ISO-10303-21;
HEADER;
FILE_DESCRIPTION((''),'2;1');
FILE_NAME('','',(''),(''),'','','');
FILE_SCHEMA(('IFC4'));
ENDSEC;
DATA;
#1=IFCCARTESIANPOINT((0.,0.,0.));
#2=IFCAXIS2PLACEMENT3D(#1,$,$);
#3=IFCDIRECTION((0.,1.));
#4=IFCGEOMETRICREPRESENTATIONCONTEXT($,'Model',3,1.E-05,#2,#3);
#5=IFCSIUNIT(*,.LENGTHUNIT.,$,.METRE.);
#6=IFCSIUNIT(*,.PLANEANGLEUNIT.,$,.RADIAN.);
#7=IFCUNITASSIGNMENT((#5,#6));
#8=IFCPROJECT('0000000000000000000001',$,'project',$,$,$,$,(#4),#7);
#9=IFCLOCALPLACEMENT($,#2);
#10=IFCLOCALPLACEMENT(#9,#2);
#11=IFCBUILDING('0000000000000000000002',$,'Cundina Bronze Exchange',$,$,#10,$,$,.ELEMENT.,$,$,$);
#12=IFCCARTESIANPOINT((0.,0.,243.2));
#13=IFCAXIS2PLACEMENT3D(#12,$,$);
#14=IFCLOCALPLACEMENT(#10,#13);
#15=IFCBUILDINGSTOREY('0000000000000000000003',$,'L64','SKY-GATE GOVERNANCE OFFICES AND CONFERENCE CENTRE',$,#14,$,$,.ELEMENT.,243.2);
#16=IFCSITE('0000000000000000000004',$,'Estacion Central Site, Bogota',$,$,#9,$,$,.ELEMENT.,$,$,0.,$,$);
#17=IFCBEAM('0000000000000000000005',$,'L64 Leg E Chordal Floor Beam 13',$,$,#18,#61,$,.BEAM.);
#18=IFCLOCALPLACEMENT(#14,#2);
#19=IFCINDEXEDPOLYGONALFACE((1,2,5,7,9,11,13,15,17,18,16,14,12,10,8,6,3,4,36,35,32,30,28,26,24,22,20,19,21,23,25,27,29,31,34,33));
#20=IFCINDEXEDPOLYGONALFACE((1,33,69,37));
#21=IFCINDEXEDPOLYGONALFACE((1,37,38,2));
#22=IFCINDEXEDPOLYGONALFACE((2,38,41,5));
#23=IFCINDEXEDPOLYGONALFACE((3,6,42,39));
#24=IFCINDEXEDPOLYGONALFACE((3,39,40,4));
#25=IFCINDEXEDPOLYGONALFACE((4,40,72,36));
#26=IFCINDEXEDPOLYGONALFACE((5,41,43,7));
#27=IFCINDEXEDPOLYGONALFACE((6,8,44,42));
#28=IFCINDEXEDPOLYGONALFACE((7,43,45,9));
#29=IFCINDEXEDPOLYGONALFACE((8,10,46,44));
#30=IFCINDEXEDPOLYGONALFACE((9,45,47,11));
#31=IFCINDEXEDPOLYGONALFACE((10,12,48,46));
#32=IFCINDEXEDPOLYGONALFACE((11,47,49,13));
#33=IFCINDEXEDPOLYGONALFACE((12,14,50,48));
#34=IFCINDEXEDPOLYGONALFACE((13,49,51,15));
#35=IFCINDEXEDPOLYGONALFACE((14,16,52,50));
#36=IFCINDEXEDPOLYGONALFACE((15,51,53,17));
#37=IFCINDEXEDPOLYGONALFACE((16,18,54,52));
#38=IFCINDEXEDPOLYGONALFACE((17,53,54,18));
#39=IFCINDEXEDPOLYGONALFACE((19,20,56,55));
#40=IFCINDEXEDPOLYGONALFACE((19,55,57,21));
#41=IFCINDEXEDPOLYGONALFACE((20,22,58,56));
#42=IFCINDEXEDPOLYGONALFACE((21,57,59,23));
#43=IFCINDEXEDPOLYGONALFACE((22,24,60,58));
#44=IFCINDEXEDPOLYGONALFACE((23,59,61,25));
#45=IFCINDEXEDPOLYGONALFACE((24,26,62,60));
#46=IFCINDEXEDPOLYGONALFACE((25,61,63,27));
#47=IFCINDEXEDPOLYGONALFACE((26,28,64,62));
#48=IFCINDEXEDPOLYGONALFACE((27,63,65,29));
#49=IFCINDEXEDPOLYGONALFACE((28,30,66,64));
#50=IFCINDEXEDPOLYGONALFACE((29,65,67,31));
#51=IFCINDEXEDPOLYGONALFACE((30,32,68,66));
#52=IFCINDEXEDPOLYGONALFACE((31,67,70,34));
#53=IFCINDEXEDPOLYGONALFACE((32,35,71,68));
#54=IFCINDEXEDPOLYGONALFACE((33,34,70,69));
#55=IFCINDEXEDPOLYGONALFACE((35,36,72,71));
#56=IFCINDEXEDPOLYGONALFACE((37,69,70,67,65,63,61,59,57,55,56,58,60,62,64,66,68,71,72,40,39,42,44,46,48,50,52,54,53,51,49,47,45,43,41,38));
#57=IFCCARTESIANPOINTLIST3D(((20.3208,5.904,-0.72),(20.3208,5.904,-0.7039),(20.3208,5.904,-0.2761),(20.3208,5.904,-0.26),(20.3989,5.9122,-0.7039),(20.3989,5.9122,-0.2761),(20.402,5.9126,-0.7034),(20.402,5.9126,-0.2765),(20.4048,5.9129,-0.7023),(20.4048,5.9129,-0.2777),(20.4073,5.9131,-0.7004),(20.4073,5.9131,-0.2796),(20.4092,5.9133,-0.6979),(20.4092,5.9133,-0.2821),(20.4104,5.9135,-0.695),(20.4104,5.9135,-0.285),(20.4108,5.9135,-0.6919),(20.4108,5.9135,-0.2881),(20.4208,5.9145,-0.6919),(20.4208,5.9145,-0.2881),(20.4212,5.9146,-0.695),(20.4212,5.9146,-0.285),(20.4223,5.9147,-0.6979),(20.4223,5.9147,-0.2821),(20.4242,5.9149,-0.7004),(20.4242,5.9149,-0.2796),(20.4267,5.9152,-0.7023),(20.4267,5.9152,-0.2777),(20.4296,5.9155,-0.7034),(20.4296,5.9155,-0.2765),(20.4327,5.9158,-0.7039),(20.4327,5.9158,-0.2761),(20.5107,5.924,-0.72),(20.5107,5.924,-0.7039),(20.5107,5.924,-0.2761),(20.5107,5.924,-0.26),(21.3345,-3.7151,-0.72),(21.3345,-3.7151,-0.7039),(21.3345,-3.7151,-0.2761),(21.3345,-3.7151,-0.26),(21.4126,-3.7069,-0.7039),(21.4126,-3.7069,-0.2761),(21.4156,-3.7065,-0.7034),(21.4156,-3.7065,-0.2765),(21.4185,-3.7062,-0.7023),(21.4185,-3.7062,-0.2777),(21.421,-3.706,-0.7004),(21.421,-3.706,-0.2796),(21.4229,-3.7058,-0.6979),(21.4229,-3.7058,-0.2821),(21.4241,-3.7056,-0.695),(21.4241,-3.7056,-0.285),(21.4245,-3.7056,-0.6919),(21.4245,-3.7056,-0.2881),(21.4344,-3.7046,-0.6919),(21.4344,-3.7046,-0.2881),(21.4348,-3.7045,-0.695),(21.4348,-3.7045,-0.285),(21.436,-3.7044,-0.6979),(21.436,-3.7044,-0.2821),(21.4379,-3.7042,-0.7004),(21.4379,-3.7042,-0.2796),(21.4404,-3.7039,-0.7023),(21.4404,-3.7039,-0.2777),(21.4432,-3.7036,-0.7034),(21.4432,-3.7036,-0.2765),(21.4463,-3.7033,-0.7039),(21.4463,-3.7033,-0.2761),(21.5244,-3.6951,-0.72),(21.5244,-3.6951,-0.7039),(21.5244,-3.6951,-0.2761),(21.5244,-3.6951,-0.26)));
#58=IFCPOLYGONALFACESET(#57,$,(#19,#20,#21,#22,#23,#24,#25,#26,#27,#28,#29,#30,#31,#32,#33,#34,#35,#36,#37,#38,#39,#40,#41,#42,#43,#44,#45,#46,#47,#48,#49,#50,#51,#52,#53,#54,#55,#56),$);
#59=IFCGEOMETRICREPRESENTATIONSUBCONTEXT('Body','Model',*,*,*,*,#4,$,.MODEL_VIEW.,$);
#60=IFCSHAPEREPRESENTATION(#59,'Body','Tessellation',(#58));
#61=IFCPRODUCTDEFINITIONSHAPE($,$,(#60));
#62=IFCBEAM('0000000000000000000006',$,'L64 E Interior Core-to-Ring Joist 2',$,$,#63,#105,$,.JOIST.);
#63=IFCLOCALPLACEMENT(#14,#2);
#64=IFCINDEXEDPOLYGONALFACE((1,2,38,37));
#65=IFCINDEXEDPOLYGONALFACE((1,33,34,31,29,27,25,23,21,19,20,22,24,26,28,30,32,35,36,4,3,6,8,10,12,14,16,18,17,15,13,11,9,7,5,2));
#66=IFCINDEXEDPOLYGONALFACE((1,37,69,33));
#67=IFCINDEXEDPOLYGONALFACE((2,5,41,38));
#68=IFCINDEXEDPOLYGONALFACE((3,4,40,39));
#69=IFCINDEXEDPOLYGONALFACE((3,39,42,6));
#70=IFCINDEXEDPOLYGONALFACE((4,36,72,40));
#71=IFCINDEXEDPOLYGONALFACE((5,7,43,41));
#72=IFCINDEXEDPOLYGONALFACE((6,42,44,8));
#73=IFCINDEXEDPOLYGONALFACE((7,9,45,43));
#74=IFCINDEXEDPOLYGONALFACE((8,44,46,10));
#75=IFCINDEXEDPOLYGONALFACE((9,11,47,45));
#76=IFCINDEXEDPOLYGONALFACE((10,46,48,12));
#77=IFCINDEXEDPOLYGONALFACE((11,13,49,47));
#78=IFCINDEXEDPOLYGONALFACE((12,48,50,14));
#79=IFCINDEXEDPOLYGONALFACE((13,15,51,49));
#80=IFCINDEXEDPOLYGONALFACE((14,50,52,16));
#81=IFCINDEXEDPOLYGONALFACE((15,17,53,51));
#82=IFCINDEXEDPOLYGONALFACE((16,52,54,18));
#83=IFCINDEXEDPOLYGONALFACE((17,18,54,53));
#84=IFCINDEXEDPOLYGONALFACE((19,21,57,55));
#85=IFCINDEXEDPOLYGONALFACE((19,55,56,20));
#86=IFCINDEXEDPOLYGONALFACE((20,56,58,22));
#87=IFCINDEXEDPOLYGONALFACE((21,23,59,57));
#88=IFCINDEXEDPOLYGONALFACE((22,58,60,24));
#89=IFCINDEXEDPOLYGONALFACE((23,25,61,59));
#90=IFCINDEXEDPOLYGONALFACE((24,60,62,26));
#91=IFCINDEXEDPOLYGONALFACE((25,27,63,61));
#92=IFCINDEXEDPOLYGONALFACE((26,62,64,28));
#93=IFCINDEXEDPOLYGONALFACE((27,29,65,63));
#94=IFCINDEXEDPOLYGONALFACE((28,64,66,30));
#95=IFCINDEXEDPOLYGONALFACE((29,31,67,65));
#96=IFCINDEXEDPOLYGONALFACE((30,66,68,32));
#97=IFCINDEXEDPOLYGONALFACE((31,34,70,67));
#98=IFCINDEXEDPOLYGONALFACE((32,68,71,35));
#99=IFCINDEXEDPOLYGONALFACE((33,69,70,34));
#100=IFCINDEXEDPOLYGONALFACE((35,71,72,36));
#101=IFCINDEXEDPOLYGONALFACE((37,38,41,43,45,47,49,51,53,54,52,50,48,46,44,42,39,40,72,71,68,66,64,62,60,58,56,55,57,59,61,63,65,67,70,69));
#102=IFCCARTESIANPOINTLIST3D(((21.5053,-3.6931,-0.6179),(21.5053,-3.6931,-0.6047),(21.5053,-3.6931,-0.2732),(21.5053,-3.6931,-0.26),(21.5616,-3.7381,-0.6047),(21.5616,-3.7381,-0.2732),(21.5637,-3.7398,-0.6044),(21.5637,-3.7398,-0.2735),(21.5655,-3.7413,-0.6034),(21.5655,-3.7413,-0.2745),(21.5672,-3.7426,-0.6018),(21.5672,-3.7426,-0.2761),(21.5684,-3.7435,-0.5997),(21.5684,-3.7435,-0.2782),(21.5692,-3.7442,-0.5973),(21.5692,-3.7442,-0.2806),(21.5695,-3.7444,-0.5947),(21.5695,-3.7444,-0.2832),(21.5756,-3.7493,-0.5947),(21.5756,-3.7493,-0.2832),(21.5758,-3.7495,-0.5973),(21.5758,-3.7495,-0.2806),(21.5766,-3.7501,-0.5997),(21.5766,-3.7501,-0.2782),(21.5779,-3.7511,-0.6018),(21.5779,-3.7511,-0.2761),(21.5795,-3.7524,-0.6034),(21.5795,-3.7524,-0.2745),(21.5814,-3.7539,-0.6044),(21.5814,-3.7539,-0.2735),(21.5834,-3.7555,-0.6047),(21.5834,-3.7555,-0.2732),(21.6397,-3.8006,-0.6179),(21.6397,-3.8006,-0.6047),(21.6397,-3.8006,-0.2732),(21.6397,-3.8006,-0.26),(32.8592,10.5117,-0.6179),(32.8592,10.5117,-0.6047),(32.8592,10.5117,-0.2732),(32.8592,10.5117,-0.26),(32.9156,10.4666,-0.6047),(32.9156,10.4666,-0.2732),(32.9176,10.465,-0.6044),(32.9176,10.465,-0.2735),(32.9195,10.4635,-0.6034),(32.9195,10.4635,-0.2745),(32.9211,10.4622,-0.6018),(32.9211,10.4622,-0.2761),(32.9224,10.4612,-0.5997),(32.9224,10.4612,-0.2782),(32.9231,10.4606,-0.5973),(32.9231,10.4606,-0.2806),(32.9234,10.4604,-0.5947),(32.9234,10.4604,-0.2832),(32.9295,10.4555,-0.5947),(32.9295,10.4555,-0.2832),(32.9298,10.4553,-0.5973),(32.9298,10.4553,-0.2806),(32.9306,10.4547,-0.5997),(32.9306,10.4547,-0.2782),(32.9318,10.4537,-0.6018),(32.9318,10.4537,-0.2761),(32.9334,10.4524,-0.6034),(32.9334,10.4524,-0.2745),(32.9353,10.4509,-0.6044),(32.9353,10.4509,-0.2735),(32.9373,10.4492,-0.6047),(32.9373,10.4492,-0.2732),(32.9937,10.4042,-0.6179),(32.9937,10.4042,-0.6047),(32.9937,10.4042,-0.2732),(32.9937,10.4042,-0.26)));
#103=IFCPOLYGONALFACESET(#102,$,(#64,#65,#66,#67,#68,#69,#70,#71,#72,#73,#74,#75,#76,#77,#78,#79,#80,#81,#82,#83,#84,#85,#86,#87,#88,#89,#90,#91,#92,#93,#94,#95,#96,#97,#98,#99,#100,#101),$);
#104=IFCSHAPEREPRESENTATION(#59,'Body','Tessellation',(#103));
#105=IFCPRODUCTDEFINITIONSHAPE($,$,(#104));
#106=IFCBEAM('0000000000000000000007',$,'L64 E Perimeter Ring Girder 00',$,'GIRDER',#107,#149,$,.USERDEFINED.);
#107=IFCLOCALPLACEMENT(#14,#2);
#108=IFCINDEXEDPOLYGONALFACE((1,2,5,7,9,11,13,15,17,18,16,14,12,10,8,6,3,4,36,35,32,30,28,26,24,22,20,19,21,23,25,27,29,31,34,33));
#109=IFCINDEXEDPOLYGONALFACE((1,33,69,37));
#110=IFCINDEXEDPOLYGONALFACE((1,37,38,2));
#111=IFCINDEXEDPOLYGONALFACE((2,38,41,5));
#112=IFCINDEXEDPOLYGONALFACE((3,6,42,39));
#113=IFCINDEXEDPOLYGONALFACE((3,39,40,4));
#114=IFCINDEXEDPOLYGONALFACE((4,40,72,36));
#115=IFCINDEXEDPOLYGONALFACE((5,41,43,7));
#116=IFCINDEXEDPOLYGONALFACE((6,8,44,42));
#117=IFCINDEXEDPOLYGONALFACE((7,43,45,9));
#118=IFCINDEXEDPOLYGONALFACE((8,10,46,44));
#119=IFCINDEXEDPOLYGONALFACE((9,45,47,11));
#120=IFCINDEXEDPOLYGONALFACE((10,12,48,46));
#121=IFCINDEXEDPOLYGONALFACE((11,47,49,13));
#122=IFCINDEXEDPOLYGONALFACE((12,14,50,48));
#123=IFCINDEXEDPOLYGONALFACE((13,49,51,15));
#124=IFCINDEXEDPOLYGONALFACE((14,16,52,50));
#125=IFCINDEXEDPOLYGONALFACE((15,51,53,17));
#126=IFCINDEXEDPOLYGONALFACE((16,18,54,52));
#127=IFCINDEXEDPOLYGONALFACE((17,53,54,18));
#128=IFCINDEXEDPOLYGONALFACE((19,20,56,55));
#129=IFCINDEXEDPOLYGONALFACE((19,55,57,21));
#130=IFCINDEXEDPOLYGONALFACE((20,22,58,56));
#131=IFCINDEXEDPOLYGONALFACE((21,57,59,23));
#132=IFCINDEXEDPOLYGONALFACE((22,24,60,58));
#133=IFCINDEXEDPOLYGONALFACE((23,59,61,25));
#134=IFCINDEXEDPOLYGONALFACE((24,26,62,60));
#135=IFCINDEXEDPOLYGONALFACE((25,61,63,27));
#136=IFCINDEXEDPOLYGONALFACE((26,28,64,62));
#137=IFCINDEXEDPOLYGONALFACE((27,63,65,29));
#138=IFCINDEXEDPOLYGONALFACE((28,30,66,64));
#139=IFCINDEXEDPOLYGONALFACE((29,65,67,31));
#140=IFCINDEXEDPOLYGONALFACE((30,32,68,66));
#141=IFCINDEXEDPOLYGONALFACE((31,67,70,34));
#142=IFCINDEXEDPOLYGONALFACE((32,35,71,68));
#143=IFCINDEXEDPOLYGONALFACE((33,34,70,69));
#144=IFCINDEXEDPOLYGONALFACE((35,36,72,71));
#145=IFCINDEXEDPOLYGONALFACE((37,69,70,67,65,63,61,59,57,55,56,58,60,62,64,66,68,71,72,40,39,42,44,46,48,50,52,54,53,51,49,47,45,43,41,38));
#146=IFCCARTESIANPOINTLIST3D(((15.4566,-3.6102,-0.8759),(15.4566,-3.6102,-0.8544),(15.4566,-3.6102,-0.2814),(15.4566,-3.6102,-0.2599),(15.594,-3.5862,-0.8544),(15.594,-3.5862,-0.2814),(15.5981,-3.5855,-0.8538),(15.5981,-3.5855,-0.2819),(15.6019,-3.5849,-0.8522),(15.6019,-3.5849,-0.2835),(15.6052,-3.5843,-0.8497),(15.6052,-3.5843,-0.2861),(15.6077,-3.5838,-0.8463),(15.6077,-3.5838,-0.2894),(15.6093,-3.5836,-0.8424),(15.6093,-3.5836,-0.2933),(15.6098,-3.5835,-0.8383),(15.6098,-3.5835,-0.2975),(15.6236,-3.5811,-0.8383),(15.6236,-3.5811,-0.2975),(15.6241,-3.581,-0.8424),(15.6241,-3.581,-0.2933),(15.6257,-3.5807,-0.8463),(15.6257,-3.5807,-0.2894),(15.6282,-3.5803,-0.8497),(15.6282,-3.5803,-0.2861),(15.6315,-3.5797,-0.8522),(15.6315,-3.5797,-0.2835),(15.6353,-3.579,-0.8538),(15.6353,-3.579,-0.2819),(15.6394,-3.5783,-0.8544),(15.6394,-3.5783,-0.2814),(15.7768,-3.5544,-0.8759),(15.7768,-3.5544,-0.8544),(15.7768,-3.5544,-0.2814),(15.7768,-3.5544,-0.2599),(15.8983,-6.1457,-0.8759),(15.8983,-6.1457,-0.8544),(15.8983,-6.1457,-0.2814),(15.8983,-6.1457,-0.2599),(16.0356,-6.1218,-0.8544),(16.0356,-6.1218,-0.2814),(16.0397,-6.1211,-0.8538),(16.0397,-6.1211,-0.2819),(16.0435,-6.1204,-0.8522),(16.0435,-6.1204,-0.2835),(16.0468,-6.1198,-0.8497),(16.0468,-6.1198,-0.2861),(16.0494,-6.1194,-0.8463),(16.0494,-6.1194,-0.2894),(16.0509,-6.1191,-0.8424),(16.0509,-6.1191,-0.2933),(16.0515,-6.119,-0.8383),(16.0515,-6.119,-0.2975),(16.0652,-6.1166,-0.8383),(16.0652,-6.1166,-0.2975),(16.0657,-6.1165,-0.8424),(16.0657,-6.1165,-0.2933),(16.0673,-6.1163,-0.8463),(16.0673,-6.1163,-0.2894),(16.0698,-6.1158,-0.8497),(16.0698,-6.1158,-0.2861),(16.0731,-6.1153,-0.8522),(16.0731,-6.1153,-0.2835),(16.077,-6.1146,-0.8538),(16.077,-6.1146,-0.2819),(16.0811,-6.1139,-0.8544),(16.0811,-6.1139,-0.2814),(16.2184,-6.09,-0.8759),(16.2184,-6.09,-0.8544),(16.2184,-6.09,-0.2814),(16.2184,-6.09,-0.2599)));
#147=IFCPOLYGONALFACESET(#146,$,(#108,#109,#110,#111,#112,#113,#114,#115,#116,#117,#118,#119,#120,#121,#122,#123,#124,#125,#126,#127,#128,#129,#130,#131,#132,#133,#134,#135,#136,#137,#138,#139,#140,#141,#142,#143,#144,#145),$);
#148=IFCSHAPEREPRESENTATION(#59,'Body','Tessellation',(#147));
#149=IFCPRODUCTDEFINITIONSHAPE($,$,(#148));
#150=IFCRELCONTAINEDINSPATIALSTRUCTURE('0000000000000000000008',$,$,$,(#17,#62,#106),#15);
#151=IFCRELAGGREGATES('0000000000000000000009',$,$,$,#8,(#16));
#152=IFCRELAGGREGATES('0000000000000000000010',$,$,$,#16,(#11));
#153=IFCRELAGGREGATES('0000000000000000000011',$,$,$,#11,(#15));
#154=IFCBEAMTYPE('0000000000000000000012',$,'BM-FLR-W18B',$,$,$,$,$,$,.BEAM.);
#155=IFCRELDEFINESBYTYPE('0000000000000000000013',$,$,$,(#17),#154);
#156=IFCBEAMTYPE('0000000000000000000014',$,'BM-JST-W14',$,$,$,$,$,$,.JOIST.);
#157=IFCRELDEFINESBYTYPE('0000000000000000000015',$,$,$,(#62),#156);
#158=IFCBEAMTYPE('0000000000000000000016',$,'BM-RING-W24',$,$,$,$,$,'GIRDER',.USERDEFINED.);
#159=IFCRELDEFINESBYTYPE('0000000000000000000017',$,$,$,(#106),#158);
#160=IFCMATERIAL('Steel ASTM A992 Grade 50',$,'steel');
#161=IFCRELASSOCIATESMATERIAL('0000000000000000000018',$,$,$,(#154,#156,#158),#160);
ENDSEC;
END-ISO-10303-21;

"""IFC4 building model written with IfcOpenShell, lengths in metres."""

from ifc_helpers import new_model, si_unit, direction, frame, origin, origin_2d, place, context, subcontext, project, spatial, i_section, extrude, material, material_profile, profile_set, type_object, element, save


model = new_model("IFC4")

# Units and contexts
model_context = context("Model", 3, precision=1e-05, world=origin(), true_north=direction((0.0, 1.0)))
body_context = subcontext(model_context, "Body", "Model", "MODEL_VIEW")
ifc_project = project(units=[si_unit("LENGTHUNIT", "METRE"), si_unit("PLANEANGLEUNIT", "RADIAN")], contexts=[model_context])

# Site, building, storey
site_placement = place(None, origin())
site = spatial("IfcSite", under=ifc_project, at=site_placement, Name="Estacion Central Site, Bogota", CompositionType="ELEMENT", RefElevation=0.0)
building_placement = place(site_placement, origin())
building = spatial("IfcBuilding", under=site, at=building_placement, Name="Cundina Bronze Exchange", CompositionType="ELEMENT")
storey_placement = place(building_placement, frame((0.0, 0.0, 243.2)))
storey = spatial("IfcBuildingStorey", under=building, at=storey_placement, Name="L64", Description="SKY-GATE GOVERNANCE OFFICES AND CONFERENCE CENTRE", CompositionType="ELEMENT", Elevation=243.2)

# Shared definitions
ifc_material_1 = material(Name="Steel ASTM A992 Grade 50", Category="steel")

# Beams
ifc_material_profile_1 = material_profile(ifc_material_1, i_section(OverallWidth=0.1909, OverallDepth=0.46, WebThickness=0.01, FlangeThickness=0.0161, FilletRadius=0.012, at=origin_2d()), Name="W18X55", Category="steel")
ifc_profile_set_1 = profile_set([ifc_material_profile_1], Name="Steel ASTM A992 Grade 50")
beam_type_1 = type_object("IfcBeamType", Name="BM-FLR-W18B", PredefinedType="BEAM", material=ifc_profile_set_1)
beam_1_placement = place(storey_placement, frame((21.4294, -3.7051, -0.49), z_axis=(-0.1048, 0.994493, 0.0), x_axis=(-0.994493, -0.1048, 0.0)))
element("IfcBeam", 1, at=beam_1_placement, inside=storey, type_object=beam_type_1, Name="L64 Leg E Chordal Floor Beam 13", PredefinedType="BEAM", context=body_context, shape_type="SweptSolid", body=[
    extrude(i_section(OverallWidth=0.1909, OverallDepth=0.46, WebThickness=0.01, FlangeThickness=0.0161, FilletRadius=0.012, at=origin_2d()), origin(), (0.0, 0.0, 1.0), 9.6724),
])
ifc_material_profile_2 = material_profile(ifc_material_1, i_section(OverallWidth=0.1721, OverallDepth=0.3579, WebThickness=0.0078, FlangeThickness=0.0132, FilletRadius=0.01, at=origin_2d()), Name="W14X38", Category="steel")
ifc_profile_set_2 = profile_set([ifc_material_profile_2], Name="Steel ASTM A992 Grade 50")
beam_type_2 = type_object("IfcBeamType", Name="BM-JST-W14", PredefinedType="JOIST", material=ifc_profile_set_2)
beam_2_placement = place(storey_placement, frame((21.5725, -3.7468, -0.439), z_axis=(0.624364, 0.781133, 0.0), x_axis=(-0.781133, 0.624364, 0.0)))
element("IfcBeam", 2, at=beam_2_placement, inside=storey, type_object=beam_type_2, Name="L64 E Interior Core-to-Ring Joist 2", PredefinedType="JOIST", context=body_context, shape_type="SweptSolid", body=[
    extrude(i_section(OverallWidth=0.1721, OverallDepth=0.3579, WebThickness=0.0078, FlangeThickness=0.0132, FilletRadius=0.01, at=origin_2d()), origin(), (0.0, 0.0, 1.0), 18.1848),
])
ifc_material_profile_3 = material_profile(ifc_material_1, i_section(OverallWidth=0.325, OverallDepth=0.616, WebThickness=0.0139, FlangeThickness=0.0215, FilletRadius=0.0161, at=origin_2d()), Name="W24X117", Category="steel")
ifc_profile_set_3 = profile_set([ifc_material_profile_3], Name="Steel ASTM A992 Grade 50")
beam_type_3 = type_object("IfcBeamType", Name="BM-RING-W24", ElementType="GIRDER", PredefinedType="USERDEFINED", material=ifc_profile_set_3)
beam_3_placement = place(storey_placement, frame((15.6167, -3.5823, -0.5679), z_axis=(0.171593, -0.985168, 0.0), x_axis=(0.985168, 0.171593, 0.0)))
element("IfcBeam", 3, at=beam_3_placement, inside=storey, type_object=beam_type_3, Name="L64 E Perimeter Ring Girder 00", ObjectType="GIRDER", PredefinedType="USERDEFINED", context=body_context, shape_type="SweptSolid", body=[
    extrude(i_section(OverallWidth=0.325, OverallDepth=0.616, WebThickness=0.0139, FlangeThickness=0.0215, FilletRadius=0.0161, at=origin_2d()), origin(), (0.0, 0.0, 1.0), 2.5737),
])

save(model, "model.ifc")
